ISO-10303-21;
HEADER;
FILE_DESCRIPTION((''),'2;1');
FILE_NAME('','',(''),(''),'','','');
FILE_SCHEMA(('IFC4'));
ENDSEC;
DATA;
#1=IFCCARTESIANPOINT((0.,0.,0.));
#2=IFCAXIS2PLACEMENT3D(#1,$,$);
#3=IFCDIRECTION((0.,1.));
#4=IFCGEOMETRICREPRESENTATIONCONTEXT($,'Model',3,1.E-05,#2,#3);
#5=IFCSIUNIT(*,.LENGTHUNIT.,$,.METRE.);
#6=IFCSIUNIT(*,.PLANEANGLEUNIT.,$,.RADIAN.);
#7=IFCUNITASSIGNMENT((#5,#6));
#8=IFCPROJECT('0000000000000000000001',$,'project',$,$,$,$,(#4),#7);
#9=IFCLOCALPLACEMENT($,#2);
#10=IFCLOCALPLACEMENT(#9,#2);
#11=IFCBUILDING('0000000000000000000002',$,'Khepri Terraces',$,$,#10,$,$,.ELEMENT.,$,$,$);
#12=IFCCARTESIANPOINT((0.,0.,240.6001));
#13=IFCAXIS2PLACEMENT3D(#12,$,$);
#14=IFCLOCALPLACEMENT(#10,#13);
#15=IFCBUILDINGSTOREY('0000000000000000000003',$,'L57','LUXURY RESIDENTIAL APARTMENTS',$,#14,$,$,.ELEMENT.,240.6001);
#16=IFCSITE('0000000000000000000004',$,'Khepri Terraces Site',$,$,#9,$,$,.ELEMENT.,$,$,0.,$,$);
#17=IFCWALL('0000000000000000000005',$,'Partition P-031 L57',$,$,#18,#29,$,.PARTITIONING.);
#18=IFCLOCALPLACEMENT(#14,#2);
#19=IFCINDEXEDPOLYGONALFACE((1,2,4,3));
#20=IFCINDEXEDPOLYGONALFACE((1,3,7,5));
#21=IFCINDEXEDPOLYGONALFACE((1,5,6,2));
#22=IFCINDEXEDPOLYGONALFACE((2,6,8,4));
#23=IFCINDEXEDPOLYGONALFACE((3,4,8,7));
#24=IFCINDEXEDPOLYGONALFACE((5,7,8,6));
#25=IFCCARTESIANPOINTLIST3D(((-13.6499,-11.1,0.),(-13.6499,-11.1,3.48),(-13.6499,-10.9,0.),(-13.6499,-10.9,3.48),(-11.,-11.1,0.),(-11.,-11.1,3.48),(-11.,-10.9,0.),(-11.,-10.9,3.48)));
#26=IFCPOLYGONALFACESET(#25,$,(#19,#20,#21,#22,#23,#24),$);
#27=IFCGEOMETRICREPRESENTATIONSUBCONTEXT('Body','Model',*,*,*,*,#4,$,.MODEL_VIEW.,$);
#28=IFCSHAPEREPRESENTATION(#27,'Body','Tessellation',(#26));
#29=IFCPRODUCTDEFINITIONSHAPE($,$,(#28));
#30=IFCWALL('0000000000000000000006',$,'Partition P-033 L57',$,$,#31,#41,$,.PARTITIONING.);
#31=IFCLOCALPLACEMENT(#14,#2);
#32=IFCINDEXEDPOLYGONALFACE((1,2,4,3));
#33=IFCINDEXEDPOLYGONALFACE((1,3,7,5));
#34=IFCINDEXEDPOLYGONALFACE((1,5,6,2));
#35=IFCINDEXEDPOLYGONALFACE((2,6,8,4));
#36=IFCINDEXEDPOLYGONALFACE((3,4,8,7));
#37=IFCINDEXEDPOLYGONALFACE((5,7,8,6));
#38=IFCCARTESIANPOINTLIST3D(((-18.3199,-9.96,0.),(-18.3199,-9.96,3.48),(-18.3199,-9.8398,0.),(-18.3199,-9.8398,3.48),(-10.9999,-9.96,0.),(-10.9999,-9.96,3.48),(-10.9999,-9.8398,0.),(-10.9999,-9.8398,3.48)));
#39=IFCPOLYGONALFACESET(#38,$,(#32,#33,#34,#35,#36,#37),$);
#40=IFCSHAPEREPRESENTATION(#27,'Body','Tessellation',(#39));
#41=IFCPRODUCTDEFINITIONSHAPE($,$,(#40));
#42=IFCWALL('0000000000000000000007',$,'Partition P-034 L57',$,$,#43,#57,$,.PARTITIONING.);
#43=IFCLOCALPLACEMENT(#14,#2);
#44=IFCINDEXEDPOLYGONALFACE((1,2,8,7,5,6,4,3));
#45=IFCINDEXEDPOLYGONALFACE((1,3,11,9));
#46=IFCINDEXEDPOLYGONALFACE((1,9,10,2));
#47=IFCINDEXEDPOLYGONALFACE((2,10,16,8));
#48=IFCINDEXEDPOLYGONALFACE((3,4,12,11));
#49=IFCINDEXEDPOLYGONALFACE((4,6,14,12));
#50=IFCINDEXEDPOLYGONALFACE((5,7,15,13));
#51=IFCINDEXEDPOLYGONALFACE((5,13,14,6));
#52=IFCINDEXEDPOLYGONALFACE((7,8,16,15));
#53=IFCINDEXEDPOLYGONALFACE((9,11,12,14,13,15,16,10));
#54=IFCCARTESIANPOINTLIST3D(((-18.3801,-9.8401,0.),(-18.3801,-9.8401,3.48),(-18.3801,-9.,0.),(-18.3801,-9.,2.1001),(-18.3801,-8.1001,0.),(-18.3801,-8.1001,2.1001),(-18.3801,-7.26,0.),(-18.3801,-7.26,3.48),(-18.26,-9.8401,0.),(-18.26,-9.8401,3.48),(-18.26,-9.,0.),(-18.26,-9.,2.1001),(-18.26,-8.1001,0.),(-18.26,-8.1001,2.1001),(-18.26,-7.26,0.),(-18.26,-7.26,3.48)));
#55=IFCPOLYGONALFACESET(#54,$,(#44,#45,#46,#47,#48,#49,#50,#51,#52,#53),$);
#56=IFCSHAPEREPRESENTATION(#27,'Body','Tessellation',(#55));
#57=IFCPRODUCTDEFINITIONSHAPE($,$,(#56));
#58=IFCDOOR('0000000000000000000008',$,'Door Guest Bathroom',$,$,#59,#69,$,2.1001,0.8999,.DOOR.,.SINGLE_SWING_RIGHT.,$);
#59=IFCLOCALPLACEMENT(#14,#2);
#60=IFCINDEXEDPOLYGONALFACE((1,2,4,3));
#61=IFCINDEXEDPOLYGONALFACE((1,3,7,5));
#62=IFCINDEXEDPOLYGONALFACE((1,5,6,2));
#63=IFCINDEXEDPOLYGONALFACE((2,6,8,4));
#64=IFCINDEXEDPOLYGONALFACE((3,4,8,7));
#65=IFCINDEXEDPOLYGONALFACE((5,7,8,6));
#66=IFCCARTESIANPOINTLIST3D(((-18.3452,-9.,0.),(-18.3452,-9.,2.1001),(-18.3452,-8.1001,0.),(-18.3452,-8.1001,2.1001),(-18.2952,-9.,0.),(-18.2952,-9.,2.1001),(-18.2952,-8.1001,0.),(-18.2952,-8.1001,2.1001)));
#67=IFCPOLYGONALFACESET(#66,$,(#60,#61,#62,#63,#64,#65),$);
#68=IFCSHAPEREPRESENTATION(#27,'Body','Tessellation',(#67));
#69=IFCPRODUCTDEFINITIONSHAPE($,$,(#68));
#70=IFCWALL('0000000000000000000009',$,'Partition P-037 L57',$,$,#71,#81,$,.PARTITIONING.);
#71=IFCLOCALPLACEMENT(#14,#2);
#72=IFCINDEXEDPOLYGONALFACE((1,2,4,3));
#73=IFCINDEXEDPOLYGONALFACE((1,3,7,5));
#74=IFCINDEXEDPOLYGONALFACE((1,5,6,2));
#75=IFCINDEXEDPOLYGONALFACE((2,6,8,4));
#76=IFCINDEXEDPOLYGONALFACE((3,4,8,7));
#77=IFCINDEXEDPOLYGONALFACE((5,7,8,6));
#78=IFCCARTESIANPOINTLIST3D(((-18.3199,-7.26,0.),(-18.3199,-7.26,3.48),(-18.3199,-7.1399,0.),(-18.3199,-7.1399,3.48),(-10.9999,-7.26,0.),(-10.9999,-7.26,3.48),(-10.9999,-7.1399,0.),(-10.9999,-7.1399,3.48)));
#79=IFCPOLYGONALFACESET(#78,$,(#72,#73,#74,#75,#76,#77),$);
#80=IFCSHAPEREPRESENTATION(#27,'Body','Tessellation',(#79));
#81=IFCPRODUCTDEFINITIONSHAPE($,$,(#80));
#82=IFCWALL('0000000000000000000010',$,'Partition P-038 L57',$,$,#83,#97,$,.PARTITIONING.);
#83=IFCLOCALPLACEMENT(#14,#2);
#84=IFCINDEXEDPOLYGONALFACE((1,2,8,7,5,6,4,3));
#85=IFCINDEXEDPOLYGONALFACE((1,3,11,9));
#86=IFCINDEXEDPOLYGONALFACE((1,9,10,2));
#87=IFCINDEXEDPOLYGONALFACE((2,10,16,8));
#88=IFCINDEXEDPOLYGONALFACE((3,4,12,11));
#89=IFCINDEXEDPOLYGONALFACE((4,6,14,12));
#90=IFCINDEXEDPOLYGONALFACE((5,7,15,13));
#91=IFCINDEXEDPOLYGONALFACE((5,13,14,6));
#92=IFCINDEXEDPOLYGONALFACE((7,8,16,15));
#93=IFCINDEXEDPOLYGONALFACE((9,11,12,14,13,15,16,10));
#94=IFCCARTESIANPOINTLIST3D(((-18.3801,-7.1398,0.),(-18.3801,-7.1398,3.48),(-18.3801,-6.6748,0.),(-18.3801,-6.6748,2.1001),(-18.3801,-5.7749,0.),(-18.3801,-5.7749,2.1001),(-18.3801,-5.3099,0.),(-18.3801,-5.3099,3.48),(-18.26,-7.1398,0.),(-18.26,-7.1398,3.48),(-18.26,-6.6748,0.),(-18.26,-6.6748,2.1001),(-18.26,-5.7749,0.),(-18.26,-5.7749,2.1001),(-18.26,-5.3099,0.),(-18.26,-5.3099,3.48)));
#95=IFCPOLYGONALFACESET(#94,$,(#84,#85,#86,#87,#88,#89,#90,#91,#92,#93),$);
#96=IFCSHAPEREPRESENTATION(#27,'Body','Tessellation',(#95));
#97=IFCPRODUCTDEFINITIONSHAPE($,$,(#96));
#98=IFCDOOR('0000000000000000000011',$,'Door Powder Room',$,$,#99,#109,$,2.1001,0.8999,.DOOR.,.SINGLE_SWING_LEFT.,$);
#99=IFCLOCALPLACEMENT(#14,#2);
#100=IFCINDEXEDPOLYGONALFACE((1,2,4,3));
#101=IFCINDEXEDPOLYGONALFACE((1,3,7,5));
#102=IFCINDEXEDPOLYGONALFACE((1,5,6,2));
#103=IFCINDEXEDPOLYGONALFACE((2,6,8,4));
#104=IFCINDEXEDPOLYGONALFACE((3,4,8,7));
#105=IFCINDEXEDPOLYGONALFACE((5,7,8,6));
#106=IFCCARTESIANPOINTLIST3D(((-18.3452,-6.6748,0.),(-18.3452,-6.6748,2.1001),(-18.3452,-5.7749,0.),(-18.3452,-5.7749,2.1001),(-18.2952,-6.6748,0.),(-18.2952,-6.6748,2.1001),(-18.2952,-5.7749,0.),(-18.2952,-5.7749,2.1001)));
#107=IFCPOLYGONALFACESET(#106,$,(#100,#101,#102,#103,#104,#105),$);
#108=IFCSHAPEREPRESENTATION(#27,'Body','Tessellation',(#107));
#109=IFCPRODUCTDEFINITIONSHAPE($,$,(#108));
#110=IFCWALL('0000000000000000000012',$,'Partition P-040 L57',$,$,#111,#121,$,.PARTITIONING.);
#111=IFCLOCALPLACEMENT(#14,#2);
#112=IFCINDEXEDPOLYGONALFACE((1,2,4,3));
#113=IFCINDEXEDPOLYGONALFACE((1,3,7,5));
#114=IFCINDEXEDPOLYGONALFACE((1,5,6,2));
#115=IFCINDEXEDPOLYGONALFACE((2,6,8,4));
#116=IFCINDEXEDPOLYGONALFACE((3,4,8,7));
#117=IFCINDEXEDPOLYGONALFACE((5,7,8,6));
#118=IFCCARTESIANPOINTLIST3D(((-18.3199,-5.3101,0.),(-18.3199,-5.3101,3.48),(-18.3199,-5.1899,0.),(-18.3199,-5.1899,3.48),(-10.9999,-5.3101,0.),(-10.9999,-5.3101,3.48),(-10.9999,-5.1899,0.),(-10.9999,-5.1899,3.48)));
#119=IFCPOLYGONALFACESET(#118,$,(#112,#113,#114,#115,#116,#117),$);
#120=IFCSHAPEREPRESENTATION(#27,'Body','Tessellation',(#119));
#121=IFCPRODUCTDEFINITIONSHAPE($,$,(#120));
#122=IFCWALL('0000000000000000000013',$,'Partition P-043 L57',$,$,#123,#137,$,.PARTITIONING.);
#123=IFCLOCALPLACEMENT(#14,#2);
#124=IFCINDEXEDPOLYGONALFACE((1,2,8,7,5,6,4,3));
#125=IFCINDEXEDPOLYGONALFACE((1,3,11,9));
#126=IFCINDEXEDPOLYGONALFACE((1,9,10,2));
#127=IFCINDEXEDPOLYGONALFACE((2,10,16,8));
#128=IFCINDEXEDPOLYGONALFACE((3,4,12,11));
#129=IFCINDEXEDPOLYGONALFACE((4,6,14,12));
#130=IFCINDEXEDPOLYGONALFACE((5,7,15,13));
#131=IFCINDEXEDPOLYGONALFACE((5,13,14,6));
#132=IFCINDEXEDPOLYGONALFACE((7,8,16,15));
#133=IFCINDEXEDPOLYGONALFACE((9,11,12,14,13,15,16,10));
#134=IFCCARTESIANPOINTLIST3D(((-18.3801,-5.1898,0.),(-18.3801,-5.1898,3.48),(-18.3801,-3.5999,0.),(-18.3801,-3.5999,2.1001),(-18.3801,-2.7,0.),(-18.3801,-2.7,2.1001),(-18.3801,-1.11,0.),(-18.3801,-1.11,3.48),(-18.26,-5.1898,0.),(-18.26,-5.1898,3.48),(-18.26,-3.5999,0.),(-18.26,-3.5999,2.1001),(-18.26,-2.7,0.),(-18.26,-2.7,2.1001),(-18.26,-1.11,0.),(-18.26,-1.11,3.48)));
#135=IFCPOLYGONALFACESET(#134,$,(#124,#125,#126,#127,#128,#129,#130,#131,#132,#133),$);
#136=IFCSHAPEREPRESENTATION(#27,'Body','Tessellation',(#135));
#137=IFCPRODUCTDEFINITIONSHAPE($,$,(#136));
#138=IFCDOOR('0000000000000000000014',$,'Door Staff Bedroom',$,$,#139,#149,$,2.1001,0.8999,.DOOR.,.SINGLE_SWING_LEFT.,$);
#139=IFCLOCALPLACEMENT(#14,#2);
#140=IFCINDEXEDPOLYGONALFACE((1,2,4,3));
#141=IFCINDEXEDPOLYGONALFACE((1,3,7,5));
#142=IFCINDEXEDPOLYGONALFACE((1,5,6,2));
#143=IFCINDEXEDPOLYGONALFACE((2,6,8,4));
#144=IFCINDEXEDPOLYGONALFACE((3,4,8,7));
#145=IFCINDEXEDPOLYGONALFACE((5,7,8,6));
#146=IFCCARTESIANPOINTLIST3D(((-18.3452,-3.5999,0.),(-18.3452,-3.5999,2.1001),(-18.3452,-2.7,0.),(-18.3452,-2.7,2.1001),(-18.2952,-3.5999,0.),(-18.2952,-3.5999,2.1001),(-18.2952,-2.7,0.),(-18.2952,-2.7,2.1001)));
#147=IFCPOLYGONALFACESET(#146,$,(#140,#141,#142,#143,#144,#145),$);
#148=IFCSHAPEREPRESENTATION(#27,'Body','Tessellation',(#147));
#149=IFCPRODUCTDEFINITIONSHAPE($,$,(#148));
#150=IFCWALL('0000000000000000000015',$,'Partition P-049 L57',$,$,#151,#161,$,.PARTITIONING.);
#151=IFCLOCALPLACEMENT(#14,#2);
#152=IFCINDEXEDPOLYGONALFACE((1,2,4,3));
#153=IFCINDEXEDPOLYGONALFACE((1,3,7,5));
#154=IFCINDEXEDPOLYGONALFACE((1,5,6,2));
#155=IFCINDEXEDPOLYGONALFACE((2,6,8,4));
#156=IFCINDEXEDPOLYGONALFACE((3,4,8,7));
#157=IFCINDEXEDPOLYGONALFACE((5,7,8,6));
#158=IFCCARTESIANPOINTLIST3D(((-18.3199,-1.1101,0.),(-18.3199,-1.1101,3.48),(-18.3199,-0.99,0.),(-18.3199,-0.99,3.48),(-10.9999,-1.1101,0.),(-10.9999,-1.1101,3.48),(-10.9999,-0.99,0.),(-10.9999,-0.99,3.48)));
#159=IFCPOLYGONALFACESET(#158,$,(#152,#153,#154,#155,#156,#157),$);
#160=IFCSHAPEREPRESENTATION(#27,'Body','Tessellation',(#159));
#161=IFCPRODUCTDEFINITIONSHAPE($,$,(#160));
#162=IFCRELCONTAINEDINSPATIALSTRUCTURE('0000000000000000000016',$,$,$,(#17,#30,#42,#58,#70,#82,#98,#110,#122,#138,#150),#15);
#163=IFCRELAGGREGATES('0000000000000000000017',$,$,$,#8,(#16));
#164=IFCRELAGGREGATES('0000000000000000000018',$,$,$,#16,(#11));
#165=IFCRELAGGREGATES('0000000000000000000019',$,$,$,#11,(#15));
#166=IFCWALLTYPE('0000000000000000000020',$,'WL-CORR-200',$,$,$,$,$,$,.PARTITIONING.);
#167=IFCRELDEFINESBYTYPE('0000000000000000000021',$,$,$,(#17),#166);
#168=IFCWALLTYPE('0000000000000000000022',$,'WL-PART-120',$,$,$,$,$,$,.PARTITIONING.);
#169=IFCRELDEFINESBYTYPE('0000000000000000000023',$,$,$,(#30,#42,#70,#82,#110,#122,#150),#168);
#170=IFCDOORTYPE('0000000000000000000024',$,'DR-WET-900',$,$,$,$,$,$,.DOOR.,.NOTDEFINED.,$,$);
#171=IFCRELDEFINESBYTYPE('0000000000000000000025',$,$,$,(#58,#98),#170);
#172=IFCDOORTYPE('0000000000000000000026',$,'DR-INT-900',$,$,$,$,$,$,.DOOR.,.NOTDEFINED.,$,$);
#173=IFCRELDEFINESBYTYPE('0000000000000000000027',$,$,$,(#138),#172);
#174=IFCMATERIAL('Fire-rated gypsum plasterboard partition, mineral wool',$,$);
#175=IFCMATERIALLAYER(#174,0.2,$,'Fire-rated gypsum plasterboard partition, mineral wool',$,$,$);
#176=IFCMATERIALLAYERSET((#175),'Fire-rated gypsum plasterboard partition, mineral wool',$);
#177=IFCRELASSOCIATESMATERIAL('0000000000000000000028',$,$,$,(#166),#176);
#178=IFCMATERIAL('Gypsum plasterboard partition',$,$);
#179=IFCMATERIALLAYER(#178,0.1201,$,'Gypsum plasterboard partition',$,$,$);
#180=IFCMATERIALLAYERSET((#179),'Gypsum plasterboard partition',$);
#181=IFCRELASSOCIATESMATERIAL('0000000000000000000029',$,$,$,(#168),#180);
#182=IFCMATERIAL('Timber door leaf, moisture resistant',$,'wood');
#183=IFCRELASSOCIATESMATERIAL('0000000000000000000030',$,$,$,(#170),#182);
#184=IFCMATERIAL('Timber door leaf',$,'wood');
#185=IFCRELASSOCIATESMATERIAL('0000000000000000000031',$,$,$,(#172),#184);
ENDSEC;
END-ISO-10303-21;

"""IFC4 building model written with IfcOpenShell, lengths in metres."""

from ifc_helpers import new_model, si_unit, direction, frame, frame_2d, origin, place, context, subcontext, project, spatial, rectangle, extrude, material, layer, layer_set, type_object, element, fill, save


model = new_model("IFC4")

# Units and contexts
model_context = context("Model", 3, precision=1e-05, world=origin(), true_north=direction((0.0, 1.0)))
body_context = subcontext(model_context, "Body", "Model", "MODEL_VIEW")
ifc_project = project(units=[si_unit("LENGTHUNIT", "METRE"), si_unit("PLANEANGLEUNIT", "RADIAN")], contexts=[model_context])

# Site, building, storey
site_placement = place(None, origin())
site = spatial("IfcSite", under=ifc_project, at=site_placement, Name="Khepri Terraces Site", CompositionType="ELEMENT", RefElevation=0.0)
building_placement = place(site_placement, origin())
building = spatial("IfcBuilding", under=site, at=building_placement, Name="Khepri Terraces", CompositionType="ELEMENT")
storey_placement = place(building_placement, frame((0.0, 0.0, 240.6001)))
storey = spatial("IfcBuildingStorey", under=building, at=storey_placement, Name="L57", Description="LUXURY RESIDENTIAL APARTMENTS", CompositionType="ELEMENT", Elevation=240.6001)

# Walls
ifc_material_1 = material(Name="Fire-rated gypsum plasterboard partition, mineral wool")
ifc_layer_1 = layer(ifc_material_1, 0.2, Name="Fire-rated gypsum plasterboard partition, mineral wool")
ifc_layer_set_1 = layer_set([ifc_layer_1], Name="Fire-rated gypsum plasterboard partition, mineral wool")
wall_type_1 = type_object("IfcWallType", Name="WL-CORR-200", PredefinedType="PARTITIONING", material=ifc_layer_set_1)
wall_1_placement = place(storey_placement, frame((-13.6499, -11.0, 0.0), z_axis=(0.0, 0.0, 1.0), x_axis=(1.0, 0.0, 0.0)))
element("IfcWall", 1, at=wall_1_placement, inside=storey, type_object=wall_type_1, Name="Partition P-031 L57", PredefinedType="PARTITIONING", context=body_context, shape_type="SweptSolid", body=[
    extrude(rectangle(XDim=2.6499, YDim=0.2, at=frame_2d((1.325, 0.0))), origin(), (0.0, 0.0, 1.0), 3.48),
])
ifc_material_2 = material(Name="Gypsum plasterboard partition")
ifc_layer_2 = layer(ifc_material_2, 0.1201, Name="Gypsum plasterboard partition")
ifc_layer_set_2 = layer_set([ifc_layer_2], Name="Gypsum plasterboard partition")
wall_type_2 = type_object("IfcWallType", Name="WL-PART-120", PredefinedType="PARTITIONING", material=ifc_layer_set_2)
wall_2_placement = place(storey_placement, frame((-18.3201, -9.8999, 0.0), z_axis=(0.0, 0.0, 1.0), x_axis=(1.0, 0.0, 0.0)))
element("IfcWall", 2, at=wall_2_placement, inside=storey, type_object=wall_type_2, Name="Partition P-033 L57", PredefinedType="PARTITIONING", context=body_context, shape_type="SweptSolid", body=[
    extrude(rectangle(XDim=7.3201, YDim=0.1201, at=frame_2d((3.6602, 0.0))), origin(), (0.0, 0.0, 1.0), 3.48),
])

# Wall, opening, door
wall_3_placement = place(storey_placement, frame((-18.3201, -9.8401, 0.0), z_axis=(0.0, 0.0, 1.0), x_axis=(0.0, 1.0, 0.0)))
wall_3 = element("IfcWall", 3, at=wall_3_placement, inside=storey, type_object=wall_type_2, Name="Partition P-034 L57", PredefinedType="PARTITIONING", context=body_context, shape_type="SweptSolid", body=[
    extrude(rectangle(XDim=2.5801, YDim=0.1201, at=frame_2d((1.29, 0.0))), origin(), (0.0, 0.0, 1.0), 3.48),
])
opening_1_placement = place(wall_3_placement, frame((0.8401, 0.0, 0.0)))
opening_1 = element("IfcOpeningElement", 4, at=opening_1_placement, cuts=wall_3, PredefinedType="OPENING", context=body_context, shape_type="SweptSolid", body=[
    extrude(rectangle(XDim=0.8999, YDim=2.1001, at=frame_2d((0.45, 1.05))), frame((0.0, 0.0701, 0.0), z_axis=(0.0, -1.0, 0.0), x_axis=(1.0, 0.0, 0.0)), (0.0, 0.0, 1.0), 0.1401),
])
ifc_material_3 = material(Name="Timber door leaf, moisture resistant", Category="wood")
door_type_1 = type_object("IfcDoorType", Name="DR-WET-900", OperationType="NOTDEFINED", PredefinedType="DOOR", material=ifc_material_3)
door_1_placement = place(opening_1_placement, frame((0.8999, 0.0, 0.0), z_axis=(0.0, 0.0, 1.0), x_axis=(-1.0, 0.0, 0.0)))
door_1 = element("IfcDoor", 5, at=door_1_placement, inside=storey, type_object=door_type_1, Name="Door Guest Bathroom", OperationType="SINGLE_SWING_RIGHT", OverallHeight=2.1001, OverallWidth=0.8999, PredefinedType="DOOR", context=body_context, shape_type="SweptSolid", body=[
    extrude(rectangle(XDim=0.8999, YDim=2.1001, at=frame_2d((0.45, 1.05))), frame((0.0, 0.0249, 0.0), z_axis=(0.0, -1.0, 0.0), x_axis=(1.0, 0.0, 0.0)), (0.0, 0.0, 1.0), 0.05),
])
fill(opening_1, door_1)

# Wall
wall_4_placement = place(storey_placement, frame((-18.3201, -7.2, 0.0), z_axis=(0.0, 0.0, 1.0), x_axis=(1.0, 0.0, 0.0)))
element("IfcWall", 6, at=wall_4_placement, inside=storey, type_object=wall_type_2, Name="Partition P-037 L57", PredefinedType="PARTITIONING", context=body_context, shape_type="SweptSolid", body=[
    extrude(rectangle(XDim=7.3201, YDim=0.1201, at=frame_2d((3.6602, 0.0))), origin(), (0.0, 0.0, 1.0), 3.48),
])

# Wall, opening, door
wall_5_placement = place(storey_placement, frame((-18.3201, -7.1399, 0.0), z_axis=(0.0, 0.0, 1.0), x_axis=(0.0, 1.0, 0.0)))
wall_5 = element("IfcWall", 7, at=wall_5_placement, inside=storey, type_object=wall_type_2, Name="Partition P-038 L57", PredefinedType="PARTITIONING", context=body_context, shape_type="SweptSolid", body=[
    extrude(rectangle(XDim=1.8298, YDim=0.1201, at=frame_2d((0.915, 0.0))), origin(), (0.0, 0.0, 1.0), 3.48),
])
opening_2_placement = place(wall_5_placement, frame((0.4651, 0.0, 0.0)))
opening_2 = element("IfcOpeningElement", 8, at=opening_2_placement, cuts=wall_5, PredefinedType="OPENING", context=body_context, shape_type="SweptSolid", body=[
    extrude(rectangle(XDim=0.8999, YDim=2.1001, at=frame_2d((0.45, 1.05))), frame((0.0, 0.0701, 0.0), z_axis=(0.0, -1.0, 0.0), x_axis=(1.0, 0.0, 0.0)), (0.0, 0.0, 1.0), 0.1401),
])
door_2_placement = place(opening_2_placement, frame((0.8999, 0.0, 0.0), z_axis=(0.0, 0.0, 1.0), x_axis=(-1.0, 0.0, 0.0)))
door_2 = element("IfcDoor", 9, at=door_2_placement, inside=storey, type_object=door_type_1, Name="Door Powder Room", OperationType="SINGLE_SWING_LEFT", OverallHeight=2.1001, OverallWidth=0.8999, PredefinedType="DOOR", context=body_context, shape_type="SweptSolid", body=[
    extrude(rectangle(XDim=0.8999, YDim=2.1001, at=frame_2d((0.45, 1.05))), frame((0.0, 0.0249, 0.0), z_axis=(0.0, -1.0, 0.0), x_axis=(1.0, 0.0, 0.0)), (0.0, 0.0, 1.0), 0.05),
])
fill(opening_2, door_2)

# Wall
wall_6_placement = place(storey_placement, frame((-18.3201, -5.25, 0.0), z_axis=(0.0, 0.0, 1.0), x_axis=(1.0, 0.0, 0.0)))
element("IfcWall", 10, at=wall_6_placement, inside=storey, type_object=wall_type_2, Name="Partition P-040 L57", PredefinedType="PARTITIONING", context=body_context, shape_type="SweptSolid", body=[
    extrude(rectangle(XDim=7.3201, YDim=0.1201, at=frame_2d((3.6602, 0.0))), origin(), (0.0, 0.0, 1.0), 3.48),
])

# Wall, opening, door
wall_7_placement = place(storey_placement, frame((-18.3201, -5.1899, 0.0), z_axis=(0.0, 0.0, 1.0), x_axis=(0.0, 1.0, 0.0)))
wall_7 = element("IfcWall", 11, at=wall_7_placement, inside=storey, type_object=wall_type_2, Name="Partition P-043 L57", PredefinedType="PARTITIONING", context=body_context, shape_type="SweptSolid", body=[
    extrude(rectangle(XDim=4.0798, YDim=0.1201, at=frame_2d((2.04, 0.0))), origin(), (0.0, 0.0, 1.0), 3.48),
])
opening_3_placement = place(wall_7_placement, frame((1.5901, 0.0, 0.0)))
opening_3 = element("IfcOpeningElement", 12, at=opening_3_placement, cuts=wall_7, PredefinedType="OPENING", context=body_context, shape_type="SweptSolid", body=[
    extrude(rectangle(XDim=0.8999, YDim=2.1001, at=frame_2d((0.45, 1.05))), frame((0.0, 0.0701, 0.0), z_axis=(0.0, -1.0, 0.0), x_axis=(1.0, 0.0, 0.0)), (0.0, 0.0, 1.0), 0.1401),
])
ifc_material_4 = material(Name="Timber door leaf", Category="wood")
door_type_2 = type_object("IfcDoorType", Name="DR-INT-900", OperationType="NOTDEFINED", PredefinedType="DOOR", material=ifc_material_4)
door_3_placement = place(opening_3_placement, frame((0.8999, 0.0, 0.0), z_axis=(0.0, 0.0, 1.0), x_axis=(-1.0, 0.0, 0.0)))
door_3 = element("IfcDoor", 13, at=door_3_placement, inside=storey, type_object=door_type_2, Name="Door Staff Bedroom", OperationType="SINGLE_SWING_LEFT", OverallHeight=2.1001, OverallWidth=0.8999, PredefinedType="DOOR", context=body_context, shape_type="SweptSolid", body=[
    extrude(rectangle(XDim=0.8999, YDim=2.1001, at=frame_2d((0.45, 1.05))), frame((0.0, 0.0249, 0.0), z_axis=(0.0, -1.0, 0.0), x_axis=(1.0, 0.0, 0.0)), (0.0, 0.0, 1.0), 0.05),
])
fill(opening_3, door_3)

# Wall
wall_8_placement = place(storey_placement, frame((-18.3201, -1.05, 0.0), z_axis=(0.0, 0.0, 1.0), x_axis=(1.0, 0.0, 0.0)))
element("IfcWall", 14, at=wall_8_placement, inside=storey, type_object=wall_type_2, Name="Partition P-049 L57", PredefinedType="PARTITIONING", context=body_context, shape_type="SweptSolid", body=[
    extrude(rectangle(XDim=7.3201, YDim=0.1201, at=frame_2d((3.6602, 0.0))), origin(), (0.0, 0.0, 1.0), 3.48),
])

save(model, "model.ifc")
